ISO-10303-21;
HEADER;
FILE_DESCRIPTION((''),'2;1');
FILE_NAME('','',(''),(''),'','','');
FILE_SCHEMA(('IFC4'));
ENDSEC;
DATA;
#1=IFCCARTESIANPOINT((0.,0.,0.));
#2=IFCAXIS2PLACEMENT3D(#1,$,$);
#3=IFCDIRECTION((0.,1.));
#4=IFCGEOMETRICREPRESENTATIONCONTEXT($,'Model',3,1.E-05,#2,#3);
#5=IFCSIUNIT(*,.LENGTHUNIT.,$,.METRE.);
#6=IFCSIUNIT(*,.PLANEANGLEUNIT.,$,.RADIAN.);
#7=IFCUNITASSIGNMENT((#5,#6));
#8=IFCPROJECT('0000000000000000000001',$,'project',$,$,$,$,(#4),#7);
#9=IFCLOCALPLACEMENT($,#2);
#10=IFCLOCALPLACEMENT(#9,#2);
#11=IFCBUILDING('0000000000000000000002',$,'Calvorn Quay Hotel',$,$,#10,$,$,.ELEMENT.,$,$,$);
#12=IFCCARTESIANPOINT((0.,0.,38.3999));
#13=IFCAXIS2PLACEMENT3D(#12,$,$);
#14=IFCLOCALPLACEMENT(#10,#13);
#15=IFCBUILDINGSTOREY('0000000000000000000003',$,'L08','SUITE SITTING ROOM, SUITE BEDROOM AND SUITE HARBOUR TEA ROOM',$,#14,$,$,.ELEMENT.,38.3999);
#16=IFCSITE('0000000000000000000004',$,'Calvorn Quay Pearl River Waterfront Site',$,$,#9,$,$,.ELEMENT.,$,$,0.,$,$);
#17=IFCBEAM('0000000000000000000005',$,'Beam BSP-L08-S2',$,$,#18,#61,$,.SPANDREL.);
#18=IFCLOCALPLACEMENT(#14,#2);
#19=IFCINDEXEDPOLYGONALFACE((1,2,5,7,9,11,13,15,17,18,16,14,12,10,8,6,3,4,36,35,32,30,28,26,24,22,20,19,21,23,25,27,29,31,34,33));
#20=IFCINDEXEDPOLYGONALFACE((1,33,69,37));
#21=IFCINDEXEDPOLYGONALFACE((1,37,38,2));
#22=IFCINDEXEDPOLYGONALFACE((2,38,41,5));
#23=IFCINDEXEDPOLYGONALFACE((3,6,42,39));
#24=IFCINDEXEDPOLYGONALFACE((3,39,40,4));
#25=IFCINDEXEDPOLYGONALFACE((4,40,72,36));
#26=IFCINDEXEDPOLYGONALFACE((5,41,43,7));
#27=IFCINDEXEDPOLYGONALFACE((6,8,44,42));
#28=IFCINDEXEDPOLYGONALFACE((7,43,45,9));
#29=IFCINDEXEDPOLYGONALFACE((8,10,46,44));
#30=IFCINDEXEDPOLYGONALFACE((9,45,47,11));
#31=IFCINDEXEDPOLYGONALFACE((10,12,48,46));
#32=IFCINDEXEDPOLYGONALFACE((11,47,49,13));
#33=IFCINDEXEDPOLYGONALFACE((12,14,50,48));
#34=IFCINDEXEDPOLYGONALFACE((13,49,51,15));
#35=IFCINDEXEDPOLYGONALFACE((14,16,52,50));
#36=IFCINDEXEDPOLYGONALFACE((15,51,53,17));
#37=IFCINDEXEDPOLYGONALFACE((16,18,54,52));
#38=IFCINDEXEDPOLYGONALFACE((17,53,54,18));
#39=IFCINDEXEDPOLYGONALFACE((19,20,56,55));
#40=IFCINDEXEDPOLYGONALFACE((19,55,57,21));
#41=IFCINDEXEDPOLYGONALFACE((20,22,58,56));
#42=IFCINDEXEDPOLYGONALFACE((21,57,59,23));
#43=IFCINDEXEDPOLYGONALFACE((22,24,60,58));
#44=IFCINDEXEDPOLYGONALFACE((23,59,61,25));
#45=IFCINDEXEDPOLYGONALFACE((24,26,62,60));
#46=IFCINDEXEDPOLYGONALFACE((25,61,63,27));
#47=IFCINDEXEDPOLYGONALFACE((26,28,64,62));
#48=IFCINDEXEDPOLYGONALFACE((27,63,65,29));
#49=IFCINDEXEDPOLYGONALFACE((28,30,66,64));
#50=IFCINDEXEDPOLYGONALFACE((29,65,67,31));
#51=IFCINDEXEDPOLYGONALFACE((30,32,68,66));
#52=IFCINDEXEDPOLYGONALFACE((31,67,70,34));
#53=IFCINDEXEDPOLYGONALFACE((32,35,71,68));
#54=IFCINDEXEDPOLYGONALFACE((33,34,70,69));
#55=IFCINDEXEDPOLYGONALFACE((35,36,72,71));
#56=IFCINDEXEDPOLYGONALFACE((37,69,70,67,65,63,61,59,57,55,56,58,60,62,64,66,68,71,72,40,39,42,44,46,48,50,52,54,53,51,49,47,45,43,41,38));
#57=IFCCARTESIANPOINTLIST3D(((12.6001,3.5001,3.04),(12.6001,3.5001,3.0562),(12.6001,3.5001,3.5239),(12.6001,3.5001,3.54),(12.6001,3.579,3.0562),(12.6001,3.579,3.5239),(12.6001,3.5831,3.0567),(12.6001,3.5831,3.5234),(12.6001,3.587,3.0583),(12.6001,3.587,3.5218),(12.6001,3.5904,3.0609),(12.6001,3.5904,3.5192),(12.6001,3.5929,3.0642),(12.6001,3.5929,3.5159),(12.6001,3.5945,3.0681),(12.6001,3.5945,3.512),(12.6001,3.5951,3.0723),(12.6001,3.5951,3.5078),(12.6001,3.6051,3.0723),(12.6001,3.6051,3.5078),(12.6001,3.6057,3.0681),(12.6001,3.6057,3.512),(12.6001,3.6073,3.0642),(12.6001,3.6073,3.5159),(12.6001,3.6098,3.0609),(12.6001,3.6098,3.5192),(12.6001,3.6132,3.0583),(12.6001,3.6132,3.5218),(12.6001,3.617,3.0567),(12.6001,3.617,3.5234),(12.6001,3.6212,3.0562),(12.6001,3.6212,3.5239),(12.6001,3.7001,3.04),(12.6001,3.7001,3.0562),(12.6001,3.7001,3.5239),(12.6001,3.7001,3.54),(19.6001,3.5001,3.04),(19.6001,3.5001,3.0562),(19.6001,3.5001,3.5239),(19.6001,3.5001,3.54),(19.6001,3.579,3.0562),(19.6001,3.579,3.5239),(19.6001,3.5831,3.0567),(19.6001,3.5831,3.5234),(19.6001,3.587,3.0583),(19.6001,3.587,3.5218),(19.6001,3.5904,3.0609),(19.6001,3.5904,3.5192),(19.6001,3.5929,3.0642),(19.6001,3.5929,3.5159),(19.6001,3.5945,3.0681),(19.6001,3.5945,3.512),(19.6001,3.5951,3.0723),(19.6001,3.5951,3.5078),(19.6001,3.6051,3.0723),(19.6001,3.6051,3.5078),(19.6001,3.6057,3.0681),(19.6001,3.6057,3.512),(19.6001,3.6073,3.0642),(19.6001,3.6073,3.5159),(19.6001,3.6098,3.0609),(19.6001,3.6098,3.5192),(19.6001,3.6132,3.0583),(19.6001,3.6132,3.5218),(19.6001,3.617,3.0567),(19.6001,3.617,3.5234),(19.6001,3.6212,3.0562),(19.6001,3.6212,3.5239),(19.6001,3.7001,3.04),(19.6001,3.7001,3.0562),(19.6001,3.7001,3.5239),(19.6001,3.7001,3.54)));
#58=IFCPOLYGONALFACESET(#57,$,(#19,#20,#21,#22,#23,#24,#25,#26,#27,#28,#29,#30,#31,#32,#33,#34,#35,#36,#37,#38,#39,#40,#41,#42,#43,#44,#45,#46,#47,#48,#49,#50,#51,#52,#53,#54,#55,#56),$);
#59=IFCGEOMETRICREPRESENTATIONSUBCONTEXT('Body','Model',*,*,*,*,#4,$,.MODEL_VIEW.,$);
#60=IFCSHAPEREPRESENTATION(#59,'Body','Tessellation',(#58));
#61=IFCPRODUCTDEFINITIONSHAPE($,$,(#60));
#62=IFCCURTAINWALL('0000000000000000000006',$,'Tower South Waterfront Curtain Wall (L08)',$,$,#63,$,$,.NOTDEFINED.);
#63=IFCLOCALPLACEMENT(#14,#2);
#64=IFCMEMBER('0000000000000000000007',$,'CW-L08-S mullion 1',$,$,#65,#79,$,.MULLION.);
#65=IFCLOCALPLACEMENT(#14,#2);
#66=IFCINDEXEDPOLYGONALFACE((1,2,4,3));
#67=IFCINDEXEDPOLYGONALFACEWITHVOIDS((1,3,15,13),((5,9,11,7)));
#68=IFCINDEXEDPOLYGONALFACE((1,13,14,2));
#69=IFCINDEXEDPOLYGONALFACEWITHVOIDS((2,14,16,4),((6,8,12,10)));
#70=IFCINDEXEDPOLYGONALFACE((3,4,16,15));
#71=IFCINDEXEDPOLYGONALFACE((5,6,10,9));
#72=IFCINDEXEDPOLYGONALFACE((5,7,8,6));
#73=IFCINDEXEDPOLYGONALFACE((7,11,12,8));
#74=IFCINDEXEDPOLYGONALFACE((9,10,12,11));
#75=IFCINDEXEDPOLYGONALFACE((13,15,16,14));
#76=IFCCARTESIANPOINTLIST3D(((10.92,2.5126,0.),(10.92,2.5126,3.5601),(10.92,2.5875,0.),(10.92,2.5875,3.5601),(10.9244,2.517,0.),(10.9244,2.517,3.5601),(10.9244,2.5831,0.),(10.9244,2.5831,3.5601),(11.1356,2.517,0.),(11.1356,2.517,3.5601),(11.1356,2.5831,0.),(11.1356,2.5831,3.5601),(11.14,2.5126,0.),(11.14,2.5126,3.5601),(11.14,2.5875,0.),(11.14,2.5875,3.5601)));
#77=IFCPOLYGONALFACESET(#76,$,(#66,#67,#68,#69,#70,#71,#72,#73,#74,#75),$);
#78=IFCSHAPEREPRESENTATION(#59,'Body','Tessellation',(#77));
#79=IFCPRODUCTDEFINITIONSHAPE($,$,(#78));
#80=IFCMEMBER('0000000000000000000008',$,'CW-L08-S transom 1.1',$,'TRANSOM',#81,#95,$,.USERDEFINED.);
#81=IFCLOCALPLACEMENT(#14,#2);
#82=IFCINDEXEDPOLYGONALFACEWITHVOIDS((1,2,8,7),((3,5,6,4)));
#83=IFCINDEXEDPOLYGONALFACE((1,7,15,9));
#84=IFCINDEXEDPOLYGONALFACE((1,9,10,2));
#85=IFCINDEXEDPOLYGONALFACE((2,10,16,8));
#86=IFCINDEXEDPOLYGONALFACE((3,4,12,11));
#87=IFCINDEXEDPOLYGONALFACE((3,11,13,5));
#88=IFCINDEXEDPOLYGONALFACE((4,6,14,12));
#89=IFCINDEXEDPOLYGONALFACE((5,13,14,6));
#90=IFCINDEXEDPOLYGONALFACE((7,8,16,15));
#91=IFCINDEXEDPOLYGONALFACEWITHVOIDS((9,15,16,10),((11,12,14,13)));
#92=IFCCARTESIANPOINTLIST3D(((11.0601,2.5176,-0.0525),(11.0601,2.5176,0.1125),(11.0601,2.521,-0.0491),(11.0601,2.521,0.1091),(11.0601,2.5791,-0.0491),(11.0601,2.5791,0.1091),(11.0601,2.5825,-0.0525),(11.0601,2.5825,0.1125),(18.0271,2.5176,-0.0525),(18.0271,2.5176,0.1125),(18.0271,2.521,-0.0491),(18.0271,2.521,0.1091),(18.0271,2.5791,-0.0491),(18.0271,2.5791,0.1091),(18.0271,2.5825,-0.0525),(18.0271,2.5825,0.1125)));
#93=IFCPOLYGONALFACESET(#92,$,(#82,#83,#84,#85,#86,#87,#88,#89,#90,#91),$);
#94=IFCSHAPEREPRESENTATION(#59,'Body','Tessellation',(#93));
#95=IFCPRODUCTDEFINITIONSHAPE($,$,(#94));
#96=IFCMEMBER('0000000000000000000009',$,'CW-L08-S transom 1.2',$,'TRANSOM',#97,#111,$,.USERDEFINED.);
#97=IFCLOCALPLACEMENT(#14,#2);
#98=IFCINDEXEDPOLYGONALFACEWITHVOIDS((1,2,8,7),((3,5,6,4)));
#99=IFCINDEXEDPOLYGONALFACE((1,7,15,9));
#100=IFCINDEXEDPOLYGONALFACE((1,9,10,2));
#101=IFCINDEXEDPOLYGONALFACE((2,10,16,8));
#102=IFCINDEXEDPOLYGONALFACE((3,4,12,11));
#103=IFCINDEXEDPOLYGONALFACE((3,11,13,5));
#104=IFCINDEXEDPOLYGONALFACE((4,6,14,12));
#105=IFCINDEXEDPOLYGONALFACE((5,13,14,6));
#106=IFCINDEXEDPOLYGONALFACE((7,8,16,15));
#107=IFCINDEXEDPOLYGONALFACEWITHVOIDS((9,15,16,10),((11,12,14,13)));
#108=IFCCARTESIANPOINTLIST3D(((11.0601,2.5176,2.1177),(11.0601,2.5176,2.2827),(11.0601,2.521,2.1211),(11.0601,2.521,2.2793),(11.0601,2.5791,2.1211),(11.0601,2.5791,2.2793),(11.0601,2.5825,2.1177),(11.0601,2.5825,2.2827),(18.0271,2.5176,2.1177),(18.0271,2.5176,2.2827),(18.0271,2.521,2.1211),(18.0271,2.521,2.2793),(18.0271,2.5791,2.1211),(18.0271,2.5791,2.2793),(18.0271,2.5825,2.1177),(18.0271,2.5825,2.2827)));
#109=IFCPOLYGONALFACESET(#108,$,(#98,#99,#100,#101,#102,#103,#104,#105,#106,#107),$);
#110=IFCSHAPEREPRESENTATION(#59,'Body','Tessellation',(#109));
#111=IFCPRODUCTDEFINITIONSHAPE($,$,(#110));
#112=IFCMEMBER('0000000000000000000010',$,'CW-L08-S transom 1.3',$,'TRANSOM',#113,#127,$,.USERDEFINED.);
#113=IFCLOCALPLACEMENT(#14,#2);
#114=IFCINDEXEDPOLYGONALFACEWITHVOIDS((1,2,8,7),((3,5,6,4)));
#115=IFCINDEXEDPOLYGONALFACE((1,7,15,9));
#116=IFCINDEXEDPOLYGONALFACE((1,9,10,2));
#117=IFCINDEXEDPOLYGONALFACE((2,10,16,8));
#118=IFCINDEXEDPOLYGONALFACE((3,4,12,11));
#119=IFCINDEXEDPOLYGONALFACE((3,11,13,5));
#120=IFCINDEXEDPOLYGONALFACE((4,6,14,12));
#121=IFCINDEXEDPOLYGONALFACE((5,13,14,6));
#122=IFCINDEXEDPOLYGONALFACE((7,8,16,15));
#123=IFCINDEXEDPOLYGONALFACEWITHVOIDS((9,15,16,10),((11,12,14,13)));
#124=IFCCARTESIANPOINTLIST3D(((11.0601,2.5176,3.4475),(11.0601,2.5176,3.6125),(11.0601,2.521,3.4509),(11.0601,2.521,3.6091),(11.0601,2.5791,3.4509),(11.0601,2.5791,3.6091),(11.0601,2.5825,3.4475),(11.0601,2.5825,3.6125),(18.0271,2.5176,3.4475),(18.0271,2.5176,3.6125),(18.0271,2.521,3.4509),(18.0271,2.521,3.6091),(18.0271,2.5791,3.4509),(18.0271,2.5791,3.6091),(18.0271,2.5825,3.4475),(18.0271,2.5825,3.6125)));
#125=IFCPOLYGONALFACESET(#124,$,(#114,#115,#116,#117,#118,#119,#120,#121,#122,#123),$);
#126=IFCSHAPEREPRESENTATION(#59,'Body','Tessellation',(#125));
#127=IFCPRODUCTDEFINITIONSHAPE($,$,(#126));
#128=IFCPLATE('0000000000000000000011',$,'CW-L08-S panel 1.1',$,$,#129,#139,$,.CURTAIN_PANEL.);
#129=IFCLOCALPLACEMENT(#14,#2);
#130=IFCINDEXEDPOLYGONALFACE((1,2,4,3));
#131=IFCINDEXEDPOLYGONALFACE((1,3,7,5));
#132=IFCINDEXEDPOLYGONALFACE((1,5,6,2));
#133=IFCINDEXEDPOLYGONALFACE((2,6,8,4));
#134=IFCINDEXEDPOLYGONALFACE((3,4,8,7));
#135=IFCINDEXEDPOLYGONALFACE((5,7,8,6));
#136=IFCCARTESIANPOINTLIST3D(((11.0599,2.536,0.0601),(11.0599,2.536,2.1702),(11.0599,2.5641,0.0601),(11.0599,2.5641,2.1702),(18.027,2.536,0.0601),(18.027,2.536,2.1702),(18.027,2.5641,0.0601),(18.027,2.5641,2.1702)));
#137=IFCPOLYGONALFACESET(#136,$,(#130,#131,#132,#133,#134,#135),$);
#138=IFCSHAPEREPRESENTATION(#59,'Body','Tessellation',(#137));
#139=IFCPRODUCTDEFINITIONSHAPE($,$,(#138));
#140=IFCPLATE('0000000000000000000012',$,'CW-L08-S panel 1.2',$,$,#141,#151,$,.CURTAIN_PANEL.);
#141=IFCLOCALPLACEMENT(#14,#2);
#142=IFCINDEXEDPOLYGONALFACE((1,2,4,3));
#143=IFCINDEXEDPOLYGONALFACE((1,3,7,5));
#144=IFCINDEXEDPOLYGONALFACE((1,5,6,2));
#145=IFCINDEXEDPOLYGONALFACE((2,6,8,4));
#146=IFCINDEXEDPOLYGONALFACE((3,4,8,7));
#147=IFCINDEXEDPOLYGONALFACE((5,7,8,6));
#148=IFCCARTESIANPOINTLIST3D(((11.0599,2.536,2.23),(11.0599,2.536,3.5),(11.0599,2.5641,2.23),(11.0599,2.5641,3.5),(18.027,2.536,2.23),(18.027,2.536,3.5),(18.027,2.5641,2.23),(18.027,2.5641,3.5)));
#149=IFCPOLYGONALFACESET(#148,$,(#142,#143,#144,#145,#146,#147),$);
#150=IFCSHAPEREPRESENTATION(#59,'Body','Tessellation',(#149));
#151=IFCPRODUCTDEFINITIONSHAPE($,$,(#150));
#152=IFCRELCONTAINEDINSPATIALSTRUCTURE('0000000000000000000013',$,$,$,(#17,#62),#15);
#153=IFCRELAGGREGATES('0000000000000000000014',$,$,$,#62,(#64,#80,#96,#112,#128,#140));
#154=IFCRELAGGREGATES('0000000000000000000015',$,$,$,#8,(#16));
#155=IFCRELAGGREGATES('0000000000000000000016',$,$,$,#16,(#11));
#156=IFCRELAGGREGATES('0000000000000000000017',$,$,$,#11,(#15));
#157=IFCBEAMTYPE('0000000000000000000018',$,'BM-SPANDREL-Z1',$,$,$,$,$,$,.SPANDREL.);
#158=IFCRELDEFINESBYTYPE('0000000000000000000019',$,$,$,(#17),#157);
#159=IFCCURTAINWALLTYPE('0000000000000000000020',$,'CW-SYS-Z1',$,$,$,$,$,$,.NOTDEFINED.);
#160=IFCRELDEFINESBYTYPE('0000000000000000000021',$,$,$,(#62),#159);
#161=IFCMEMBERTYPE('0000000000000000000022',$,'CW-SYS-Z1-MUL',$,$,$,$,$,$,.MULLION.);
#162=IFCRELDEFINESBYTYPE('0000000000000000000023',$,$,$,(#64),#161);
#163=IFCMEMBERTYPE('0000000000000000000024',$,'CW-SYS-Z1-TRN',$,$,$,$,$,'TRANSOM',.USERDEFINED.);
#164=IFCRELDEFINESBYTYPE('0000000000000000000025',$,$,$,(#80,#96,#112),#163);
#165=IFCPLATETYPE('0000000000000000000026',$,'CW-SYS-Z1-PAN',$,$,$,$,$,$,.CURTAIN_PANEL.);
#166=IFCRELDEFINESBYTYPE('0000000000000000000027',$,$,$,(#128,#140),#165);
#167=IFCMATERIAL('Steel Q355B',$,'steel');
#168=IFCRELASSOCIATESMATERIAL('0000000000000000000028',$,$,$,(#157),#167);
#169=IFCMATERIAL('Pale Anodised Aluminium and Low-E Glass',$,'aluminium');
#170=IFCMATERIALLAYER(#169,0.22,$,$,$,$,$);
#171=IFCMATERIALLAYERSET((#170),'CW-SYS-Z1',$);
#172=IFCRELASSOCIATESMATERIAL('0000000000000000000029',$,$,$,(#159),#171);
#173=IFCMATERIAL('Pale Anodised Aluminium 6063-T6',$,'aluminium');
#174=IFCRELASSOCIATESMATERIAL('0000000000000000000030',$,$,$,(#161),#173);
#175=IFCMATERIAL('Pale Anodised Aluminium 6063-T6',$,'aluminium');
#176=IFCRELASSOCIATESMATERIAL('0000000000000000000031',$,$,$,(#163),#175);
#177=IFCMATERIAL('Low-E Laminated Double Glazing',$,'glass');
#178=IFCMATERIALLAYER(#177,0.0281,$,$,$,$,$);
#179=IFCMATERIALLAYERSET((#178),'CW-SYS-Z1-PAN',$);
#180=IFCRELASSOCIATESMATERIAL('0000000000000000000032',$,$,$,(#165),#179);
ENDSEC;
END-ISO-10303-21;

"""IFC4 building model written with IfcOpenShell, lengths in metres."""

from ifc_helpers import new_model, si_unit, direction, frame, origin, origin_2d, place, context, subcontext, project, spatial, rectangle, hollow_rectangle, i_section, extrude, material, layer, layer_set, material_profile, profile_set, type_object, element, aggregate, save


model = new_model("IFC4")

# Units and contexts
model_context = context("Model", 3, precision=1e-05, world=origin(), true_north=direction((0.0, 1.0)))
body_context = subcontext(model_context, "Body", "Model", "MODEL_VIEW")
ifc_project = project(units=[si_unit("LENGTHUNIT", "METRE"), si_unit("PLANEANGLEUNIT", "RADIAN")], contexts=[model_context])

# Site, building, storey
site_placement = place(None, origin())
site = spatial("IfcSite", under=ifc_project, at=site_placement, Name="Calvorn Quay Pearl River Waterfront Site", CompositionType="ELEMENT", RefElevation=0.0)
building_placement = place(site_placement, origin())
building = spatial("IfcBuilding", under=site, at=building_placement, Name="Calvorn Quay Hotel", CompositionType="ELEMENT")
storey_placement = place(building_placement, frame((0.0, 0.0, 38.3999)))
storey = spatial("IfcBuildingStorey", under=building, at=storey_placement, Name="L08", Description="SUITE SITTING ROOM, SUITE BEDROOM AND SUITE HARBOUR TEA ROOM", CompositionType="ELEMENT", Elevation=38.3999)

# Beam
ifc_material_1 = material(Name="Steel Q355B", Category="steel")
ifc_material_profile_1 = material_profile(ifc_material_1, i_section(OverallWidth=0.2, OverallDepth=0.5, WebThickness=0.01, FlangeThickness=0.0161, FilletRadius=0.0161, at=origin_2d()), Name="HN500x200x10x16")
ifc_profile_set_1 = profile_set([ifc_material_profile_1], Name="Steel Q355B")
beam_type_1 = type_object("IfcBeamType", Name="BM-SPANDREL-Z1", PredefinedType="SPANDREL", material=ifc_profile_set_1)
beam_1_placement = place(storey_placement, frame((12.6001, 3.6001, 3.29), z_axis=(1.0, 0.0, 0.0), x_axis=(0.0, 1.0, 0.0)))
element("IfcBeam", 1, at=beam_1_placement, inside=storey, type_object=beam_type_1, Name="Beam BSP-L08-S2", PredefinedType="SPANDREL", context=body_context, shape_type="SweptSolid", body=[
    extrude(i_section(OverallWidth=0.2, OverallDepth=0.5, WebThickness=0.01, FlangeThickness=0.0161, FilletRadius=0.0161, at=origin_2d()), origin(), (0.0, 0.0, 1.0), 7.0),
])

# Curtain wall, members, plates
ifc_material_2 = material(Name="Pale Anodised Aluminium and Low-E Glass", Category="aluminium")
ifc_layer_1 = layer(ifc_material_2, 0.22)
ifc_layer_set_1 = layer_set([ifc_layer_1], Name="CW-SYS-Z1")
curtain_wall_type = type_object("IfcCurtainWallType", Name="CW-SYS-Z1", PredefinedType="NOTDEFINED", material=ifc_layer_set_1)
curtain_wall_placement = place(storey_placement, origin())
curtain_wall = element("IfcCurtainWall", 2, at=curtain_wall_placement, inside=storey, type_object=curtain_wall_type, Name="Tower South Waterfront Curtain Wall (L08)", PredefinedType="NOTDEFINED")
ifc_material_3 = material(Name="Pale Anodised Aluminium 6063-T6", Category="aluminium")
ifc_material_profile_2 = material_profile(ifc_material_3, hollow_rectangle(XDim=0.075, YDim=0.22, WallThickness=0.0044, at=origin_2d()), Name="ALU-M220x75x4.5")
ifc_profile_set_2 = profile_set([ifc_material_profile_2], Name="Pale Anodised Aluminium 6063-T6")
member_type_1 = type_object("IfcMemberType", Name="CW-SYS-Z1-MUL", PredefinedType="MULLION", material=ifc_profile_set_2)
member_1_placement = place(storey_placement, frame((11.03, 2.55, 0.0), z_axis=(0.0, 0.0, 1.0), x_axis=(0.0, 1.0, 0.0)))
member_1 = element("IfcMember", 3, at=member_1_placement, type_object=member_type_1, Name="CW-L08-S mullion 1", PredefinedType="MULLION", context=body_context, shape_type="SweptSolid", body=[
    extrude(hollow_rectangle(XDim=0.075, YDim=0.22, WallThickness=0.0044, at=origin_2d()), origin(), (0.0, 0.0, 1.0), 3.5601),
])
ifc_material_4 = material(Name="Pale Anodised Aluminium 6063-T6", Category="aluminium")
ifc_material_profile_3 = material_profile(ifc_material_4, hollow_rectangle(XDim=0.0649, YDim=0.165, WallThickness=0.0034, at=origin_2d()), Name="ALU-T165x65x3.5")
ifc_profile_set_3 = profile_set([ifc_material_profile_3], Name="Pale Anodised Aluminium 6063-T6")
member_type_2 = type_object("IfcMemberType", Name="CW-SYS-Z1-TRN", ElementType="TRANSOM", PredefinedType="USERDEFINED", material=ifc_profile_set_3)
member_2_placement = place(storey_placement, frame((11.0601, 2.55, 0.03), z_axis=(1.0, 0.0, 0.0), x_axis=(0.0, 1.0, 0.0)))
member_2 = element("IfcMember", 4, at=member_2_placement, type_object=member_type_2, Name="CW-L08-S transom 1.1", ObjectType="TRANSOM", PredefinedType="USERDEFINED", context=body_context, shape_type="SweptSolid", body=[
    extrude(hollow_rectangle(XDim=0.0649, YDim=0.165, WallThickness=0.0034, at=origin_2d()), origin(), (0.0, 0.0, 1.0), 6.967),
])
member_3_placement = place(storey_placement, frame((11.0601, 2.55, 2.2002), z_axis=(1.0, 0.0, 0.0), x_axis=(0.0, 1.0, 0.0)))
member_3 = element("IfcMember", 5, at=member_3_placement, type_object=member_type_2, Name="CW-L08-S transom 1.2", ObjectType="TRANSOM", PredefinedType="USERDEFINED", context=body_context, shape_type="SweptSolid", body=[
    extrude(hollow_rectangle(XDim=0.0649, YDim=0.165, WallThickness=0.0034, at=origin_2d()), origin(), (0.0, 0.0, 1.0), 6.967),
])
member_4_placement = place(storey_placement, frame((11.0601, 2.55, 3.53), z_axis=(1.0, 0.0, 0.0), x_axis=(0.0, 1.0, 0.0)))
member_4 = element("IfcMember", 6, at=member_4_placement, type_object=member_type_2, Name="CW-L08-S transom 1.3", ObjectType="TRANSOM", PredefinedType="USERDEFINED", context=body_context, shape_type="SweptSolid", body=[
    extrude(hollow_rectangle(XDim=0.0649, YDim=0.165, WallThickness=0.0034, at=origin_2d()), origin(), (0.0, 0.0, 1.0), 6.967),
])
ifc_material_5 = material(Name="Low-E Laminated Double Glazing", Category="glass")
ifc_layer_2 = layer(ifc_material_5, 0.0281)
ifc_layer_set_2 = layer_set([ifc_layer_2], Name="CW-SYS-Z1-PAN")
plate_type = type_object("IfcPlateType", Name="CW-SYS-Z1-PAN", PredefinedType="CURTAIN_PANEL", material=ifc_layer_set_2)
plate_1_placement = place(storey_placement, frame((14.5435, 2.55, 0.0601), z_axis=(0.0, 0.0, 1.0), x_axis=(1.0, 0.0, 0.0)))
plate_1 = element("IfcPlate", 7, at=plate_1_placement, type_object=plate_type, Name="CW-L08-S panel 1.1", PredefinedType="CURTAIN_PANEL", context=body_context, shape_type="SweptSolid", body=[
    extrude(rectangle(XDim=6.967, YDim=0.0281, at=origin_2d()), origin(), (0.0, 0.0, 1.0), 2.1101),
])
plate_2_placement = place(storey_placement, frame((14.5435, 2.55, 2.23), z_axis=(0.0, 0.0, 1.0), x_axis=(1.0, 0.0, 0.0)))
plate_2 = element("IfcPlate", 8, at=plate_2_placement, type_object=plate_type, Name="CW-L08-S panel 1.2", PredefinedType="CURTAIN_PANEL", context=body_context, shape_type="SweptSolid", body=[
    extrude(rectangle(XDim=6.967, YDim=0.0281, at=origin_2d()), origin(), (0.0, 0.0, 1.0), 1.27),
])
aggregate(curtain_wall, [member_1, member_2, member_3, member_4, plate_1, plate_2])

save(model, "model.ifc")
